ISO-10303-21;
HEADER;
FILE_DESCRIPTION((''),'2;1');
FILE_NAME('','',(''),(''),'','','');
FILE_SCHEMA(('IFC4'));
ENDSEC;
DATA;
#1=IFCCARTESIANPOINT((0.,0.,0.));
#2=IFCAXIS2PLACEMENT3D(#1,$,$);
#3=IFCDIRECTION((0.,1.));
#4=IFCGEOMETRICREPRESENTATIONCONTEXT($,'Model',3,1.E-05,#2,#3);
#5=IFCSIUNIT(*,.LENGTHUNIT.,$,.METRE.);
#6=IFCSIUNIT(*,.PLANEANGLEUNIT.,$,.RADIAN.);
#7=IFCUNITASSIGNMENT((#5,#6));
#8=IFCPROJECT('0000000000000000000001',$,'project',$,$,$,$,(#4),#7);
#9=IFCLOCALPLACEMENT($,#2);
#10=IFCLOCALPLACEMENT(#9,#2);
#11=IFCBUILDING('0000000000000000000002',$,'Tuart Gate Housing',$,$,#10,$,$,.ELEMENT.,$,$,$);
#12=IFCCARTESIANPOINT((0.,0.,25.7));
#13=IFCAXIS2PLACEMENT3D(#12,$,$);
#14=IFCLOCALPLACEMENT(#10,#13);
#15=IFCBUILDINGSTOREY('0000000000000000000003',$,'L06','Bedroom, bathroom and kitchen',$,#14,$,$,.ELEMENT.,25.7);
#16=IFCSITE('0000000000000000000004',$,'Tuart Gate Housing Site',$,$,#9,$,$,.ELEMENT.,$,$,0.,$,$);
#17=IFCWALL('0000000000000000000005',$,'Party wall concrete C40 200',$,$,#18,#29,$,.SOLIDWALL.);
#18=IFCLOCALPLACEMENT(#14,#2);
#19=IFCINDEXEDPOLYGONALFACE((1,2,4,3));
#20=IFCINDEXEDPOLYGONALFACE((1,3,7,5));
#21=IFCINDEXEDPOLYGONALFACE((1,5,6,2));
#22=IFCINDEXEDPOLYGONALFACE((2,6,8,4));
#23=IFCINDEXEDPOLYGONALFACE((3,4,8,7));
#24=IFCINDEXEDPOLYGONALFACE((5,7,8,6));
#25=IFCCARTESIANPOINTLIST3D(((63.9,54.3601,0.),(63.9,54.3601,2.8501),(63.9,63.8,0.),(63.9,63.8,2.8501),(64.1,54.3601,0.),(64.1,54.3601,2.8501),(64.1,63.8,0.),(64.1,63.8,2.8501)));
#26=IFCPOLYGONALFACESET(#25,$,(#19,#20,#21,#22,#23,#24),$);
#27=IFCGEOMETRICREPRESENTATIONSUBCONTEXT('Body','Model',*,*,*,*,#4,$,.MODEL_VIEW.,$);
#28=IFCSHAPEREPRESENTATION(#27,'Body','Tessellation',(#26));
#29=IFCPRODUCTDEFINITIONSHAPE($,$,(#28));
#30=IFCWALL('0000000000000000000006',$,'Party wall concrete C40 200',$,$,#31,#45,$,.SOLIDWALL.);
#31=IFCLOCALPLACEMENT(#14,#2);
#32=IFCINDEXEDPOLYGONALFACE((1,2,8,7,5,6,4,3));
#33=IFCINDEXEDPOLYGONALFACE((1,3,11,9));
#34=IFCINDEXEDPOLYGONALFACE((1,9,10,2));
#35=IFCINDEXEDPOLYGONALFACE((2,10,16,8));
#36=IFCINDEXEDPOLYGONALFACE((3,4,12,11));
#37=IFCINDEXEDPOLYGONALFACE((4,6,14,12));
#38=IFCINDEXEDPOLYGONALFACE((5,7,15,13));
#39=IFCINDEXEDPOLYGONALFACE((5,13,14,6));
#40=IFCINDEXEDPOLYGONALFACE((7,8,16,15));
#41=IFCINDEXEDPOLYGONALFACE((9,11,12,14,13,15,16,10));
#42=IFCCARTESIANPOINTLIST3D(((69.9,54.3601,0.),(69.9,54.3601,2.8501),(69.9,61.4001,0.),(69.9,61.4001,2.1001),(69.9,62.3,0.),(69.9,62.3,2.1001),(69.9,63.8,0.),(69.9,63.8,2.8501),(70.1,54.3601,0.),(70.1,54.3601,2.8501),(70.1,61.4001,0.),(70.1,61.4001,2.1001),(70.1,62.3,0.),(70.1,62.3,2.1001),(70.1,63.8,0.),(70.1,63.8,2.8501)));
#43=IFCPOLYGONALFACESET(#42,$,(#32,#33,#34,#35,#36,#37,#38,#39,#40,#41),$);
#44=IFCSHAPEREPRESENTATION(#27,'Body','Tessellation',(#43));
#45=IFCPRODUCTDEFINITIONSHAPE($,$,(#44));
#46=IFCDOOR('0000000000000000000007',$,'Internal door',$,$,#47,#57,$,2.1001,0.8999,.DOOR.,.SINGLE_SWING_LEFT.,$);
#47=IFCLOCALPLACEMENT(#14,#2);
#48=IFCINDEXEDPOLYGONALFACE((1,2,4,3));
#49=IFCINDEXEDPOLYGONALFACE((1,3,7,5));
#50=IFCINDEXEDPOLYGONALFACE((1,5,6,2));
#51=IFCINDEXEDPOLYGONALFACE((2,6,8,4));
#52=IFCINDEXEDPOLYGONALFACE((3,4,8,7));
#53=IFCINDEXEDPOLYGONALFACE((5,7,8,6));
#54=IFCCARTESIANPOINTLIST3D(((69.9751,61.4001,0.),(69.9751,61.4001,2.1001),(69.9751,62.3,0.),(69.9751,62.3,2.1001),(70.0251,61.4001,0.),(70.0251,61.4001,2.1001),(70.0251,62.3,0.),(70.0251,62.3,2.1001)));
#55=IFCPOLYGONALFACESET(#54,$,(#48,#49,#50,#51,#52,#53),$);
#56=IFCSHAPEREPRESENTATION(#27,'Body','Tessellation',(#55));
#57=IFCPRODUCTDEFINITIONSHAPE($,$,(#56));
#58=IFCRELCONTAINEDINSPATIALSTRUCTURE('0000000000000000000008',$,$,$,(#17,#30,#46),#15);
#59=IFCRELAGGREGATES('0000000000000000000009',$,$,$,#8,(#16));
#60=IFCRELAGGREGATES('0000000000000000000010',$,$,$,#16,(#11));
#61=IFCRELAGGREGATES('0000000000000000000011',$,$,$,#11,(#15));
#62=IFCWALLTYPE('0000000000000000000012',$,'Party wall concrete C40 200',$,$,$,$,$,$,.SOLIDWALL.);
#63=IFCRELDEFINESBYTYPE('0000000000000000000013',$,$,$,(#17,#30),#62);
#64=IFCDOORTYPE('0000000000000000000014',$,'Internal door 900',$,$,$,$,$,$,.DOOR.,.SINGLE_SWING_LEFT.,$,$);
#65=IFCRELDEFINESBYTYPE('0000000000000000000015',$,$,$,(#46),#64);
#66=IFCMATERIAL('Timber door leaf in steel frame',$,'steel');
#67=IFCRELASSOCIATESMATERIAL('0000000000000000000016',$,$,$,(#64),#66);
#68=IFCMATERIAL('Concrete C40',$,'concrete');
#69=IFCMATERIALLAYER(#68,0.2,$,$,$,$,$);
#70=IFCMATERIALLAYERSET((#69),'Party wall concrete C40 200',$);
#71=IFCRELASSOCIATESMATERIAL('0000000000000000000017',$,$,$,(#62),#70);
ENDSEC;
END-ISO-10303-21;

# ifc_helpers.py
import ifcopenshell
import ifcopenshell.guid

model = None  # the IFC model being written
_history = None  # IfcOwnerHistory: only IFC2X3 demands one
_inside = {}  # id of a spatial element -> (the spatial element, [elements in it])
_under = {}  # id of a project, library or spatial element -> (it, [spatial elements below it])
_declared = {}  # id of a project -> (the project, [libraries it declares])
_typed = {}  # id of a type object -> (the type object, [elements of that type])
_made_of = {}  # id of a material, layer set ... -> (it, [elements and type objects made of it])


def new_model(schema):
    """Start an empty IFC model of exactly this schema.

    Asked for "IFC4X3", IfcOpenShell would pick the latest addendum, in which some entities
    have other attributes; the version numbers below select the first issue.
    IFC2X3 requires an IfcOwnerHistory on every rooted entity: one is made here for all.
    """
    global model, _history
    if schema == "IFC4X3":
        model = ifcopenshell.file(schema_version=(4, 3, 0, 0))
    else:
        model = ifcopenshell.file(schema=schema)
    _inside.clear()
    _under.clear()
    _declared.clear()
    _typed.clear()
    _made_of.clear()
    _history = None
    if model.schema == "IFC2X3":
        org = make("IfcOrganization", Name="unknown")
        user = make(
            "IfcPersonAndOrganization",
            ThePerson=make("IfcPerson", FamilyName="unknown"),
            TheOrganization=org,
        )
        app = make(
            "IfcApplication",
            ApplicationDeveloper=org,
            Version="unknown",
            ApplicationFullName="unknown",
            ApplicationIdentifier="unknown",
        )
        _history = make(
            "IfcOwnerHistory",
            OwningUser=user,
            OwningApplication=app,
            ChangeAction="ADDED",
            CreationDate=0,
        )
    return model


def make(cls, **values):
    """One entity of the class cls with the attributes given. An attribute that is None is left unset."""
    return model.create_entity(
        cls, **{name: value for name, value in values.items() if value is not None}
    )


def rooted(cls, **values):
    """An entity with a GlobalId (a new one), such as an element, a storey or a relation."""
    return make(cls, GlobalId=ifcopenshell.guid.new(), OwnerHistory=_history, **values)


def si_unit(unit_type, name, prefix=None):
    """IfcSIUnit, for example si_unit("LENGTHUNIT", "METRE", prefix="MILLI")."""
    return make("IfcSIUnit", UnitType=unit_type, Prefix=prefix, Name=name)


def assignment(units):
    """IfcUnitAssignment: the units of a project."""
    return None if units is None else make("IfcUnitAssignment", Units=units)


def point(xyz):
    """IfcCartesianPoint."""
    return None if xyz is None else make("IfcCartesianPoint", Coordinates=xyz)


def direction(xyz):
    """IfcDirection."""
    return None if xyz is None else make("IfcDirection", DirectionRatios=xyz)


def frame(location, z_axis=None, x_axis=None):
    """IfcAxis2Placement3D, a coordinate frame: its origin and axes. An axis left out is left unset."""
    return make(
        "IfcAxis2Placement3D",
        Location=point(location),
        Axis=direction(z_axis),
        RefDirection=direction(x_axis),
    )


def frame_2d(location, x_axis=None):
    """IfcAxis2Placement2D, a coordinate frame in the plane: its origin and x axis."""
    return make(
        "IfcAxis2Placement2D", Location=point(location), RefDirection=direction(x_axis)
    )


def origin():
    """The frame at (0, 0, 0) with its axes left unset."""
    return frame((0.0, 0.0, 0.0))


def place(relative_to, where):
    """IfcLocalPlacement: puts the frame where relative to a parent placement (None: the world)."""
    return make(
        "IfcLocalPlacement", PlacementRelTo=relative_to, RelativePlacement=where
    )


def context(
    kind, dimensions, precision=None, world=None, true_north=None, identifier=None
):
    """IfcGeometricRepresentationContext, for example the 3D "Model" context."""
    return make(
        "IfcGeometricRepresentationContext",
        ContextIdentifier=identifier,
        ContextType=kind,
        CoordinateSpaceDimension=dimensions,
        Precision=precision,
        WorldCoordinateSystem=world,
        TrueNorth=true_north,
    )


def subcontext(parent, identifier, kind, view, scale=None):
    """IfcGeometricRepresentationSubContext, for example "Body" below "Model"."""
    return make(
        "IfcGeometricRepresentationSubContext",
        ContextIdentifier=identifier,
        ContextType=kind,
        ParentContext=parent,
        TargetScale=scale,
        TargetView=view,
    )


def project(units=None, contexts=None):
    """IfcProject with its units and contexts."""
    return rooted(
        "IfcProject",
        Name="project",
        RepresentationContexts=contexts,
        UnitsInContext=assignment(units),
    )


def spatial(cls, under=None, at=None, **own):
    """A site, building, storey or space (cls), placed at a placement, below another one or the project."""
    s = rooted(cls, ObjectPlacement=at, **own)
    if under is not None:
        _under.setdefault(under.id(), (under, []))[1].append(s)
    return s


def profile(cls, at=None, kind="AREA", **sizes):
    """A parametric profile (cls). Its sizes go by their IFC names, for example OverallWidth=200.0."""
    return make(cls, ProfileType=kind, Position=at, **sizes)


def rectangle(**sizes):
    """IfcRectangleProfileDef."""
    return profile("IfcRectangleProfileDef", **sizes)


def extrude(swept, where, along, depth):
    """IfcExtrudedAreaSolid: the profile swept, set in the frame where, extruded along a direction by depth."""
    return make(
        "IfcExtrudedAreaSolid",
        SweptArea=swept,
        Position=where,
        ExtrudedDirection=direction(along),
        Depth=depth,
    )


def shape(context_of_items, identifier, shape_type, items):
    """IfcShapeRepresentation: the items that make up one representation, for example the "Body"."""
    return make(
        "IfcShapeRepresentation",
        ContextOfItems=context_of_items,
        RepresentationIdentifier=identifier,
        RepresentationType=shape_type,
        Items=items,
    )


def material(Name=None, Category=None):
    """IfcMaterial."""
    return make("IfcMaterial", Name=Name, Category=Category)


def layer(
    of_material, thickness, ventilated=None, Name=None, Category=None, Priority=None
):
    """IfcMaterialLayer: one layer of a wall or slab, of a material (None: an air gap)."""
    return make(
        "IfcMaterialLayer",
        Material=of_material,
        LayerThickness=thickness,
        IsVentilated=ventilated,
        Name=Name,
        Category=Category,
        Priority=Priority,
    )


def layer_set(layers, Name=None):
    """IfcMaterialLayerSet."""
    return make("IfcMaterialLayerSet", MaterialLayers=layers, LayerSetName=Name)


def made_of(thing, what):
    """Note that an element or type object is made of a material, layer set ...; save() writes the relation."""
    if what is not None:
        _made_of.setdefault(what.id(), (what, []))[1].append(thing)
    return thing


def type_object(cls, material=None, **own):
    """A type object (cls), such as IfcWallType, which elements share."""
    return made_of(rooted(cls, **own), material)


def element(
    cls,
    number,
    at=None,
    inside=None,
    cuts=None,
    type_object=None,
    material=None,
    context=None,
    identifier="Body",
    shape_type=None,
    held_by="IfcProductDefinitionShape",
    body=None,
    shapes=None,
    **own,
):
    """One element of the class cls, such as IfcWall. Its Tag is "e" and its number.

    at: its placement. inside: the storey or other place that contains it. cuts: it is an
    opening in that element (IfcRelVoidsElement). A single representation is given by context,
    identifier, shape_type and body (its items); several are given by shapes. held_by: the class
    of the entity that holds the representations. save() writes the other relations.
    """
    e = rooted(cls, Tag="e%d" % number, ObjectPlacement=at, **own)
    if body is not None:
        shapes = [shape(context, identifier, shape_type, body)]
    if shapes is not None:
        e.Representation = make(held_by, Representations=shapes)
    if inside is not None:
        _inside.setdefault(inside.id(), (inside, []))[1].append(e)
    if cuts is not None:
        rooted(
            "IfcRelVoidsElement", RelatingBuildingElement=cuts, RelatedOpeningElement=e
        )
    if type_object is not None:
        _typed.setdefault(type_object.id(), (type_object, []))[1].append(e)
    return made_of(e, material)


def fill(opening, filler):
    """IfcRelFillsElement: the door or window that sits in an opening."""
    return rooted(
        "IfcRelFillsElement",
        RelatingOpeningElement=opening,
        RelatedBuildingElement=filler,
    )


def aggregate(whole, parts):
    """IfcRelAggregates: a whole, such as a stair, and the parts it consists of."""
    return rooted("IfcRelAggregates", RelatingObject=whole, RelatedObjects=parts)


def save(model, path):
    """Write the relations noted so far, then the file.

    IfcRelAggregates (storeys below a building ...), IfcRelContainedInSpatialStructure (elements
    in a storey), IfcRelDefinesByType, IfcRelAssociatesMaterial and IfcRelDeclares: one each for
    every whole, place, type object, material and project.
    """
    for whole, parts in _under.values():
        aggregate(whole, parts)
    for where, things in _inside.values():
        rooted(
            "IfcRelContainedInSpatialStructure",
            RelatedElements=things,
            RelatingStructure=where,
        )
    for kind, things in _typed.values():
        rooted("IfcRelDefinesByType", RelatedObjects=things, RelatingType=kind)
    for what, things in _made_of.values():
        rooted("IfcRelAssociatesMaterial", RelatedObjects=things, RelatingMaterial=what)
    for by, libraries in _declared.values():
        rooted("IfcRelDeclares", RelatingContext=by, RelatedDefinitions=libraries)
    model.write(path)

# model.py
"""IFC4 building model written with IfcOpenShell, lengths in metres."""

from ifc_helpers import new_model, si_unit, direction, frame, frame_2d, origin, place, context, subcontext, project, spatial, rectangle, extrude, material, layer, layer_set, type_object, element, fill, save


model = new_model("IFC4")

# Units and contexts
model_context = context("Model", 3, precision=1e-05, world=origin(), true_north=direction((0.0, 1.0)))
body_context = subcontext(model_context, "Body", "Model", "MODEL_VIEW")
ifc_project = project(units=[si_unit("LENGTHUNIT", "METRE"), si_unit("PLANEANGLEUNIT", "RADIAN")], contexts=[model_context])

# Site, building, storey
site_placement = place(None, origin())
site = spatial("IfcSite", under=ifc_project, at=site_placement, Name="Tuart Gate Housing Site", CompositionType="ELEMENT", RefElevation=0.0)
building_placement = place(site_placement, origin())
building = spatial("IfcBuilding", under=site, at=building_placement, Name="Tuart Gate Housing", CompositionType="ELEMENT")
storey_placement = place(building_placement, frame((0.0, 0.0, 25.7)))
storey = spatial("IfcBuildingStorey", under=building, at=storey_placement, Name="L06", Description="Bedroom, bathroom and kitchen", CompositionType="ELEMENT", Elevation=25.7)

# Shared definitions
ifc_material_1 = material(Name="Timber door leaf in steel frame", Category="steel")
door_type_1 = type_object("IfcDoorType", Name="Internal door 900", OperationType="SINGLE_SWING_LEFT", PredefinedType="DOOR", material=ifc_material_1)

# Wall
ifc_material_2 = material(Name="Concrete C40", Category="concrete")
ifc_layer_1 = layer(ifc_material_2, 0.2)
ifc_layer_set_1 = layer_set([ifc_layer_1], Name="Party wall concrete C40 200")
wall_type_1 = type_object("IfcWallType", Name="Party wall concrete C40 200", PredefinedType="SOLIDWALL", material=ifc_layer_set_1)
wall_1_placement = place(storey_placement, frame((64.0, 54.3601, 0.0), z_axis=(0.0, 0.0, 1.0), x_axis=(0.0, 1.0, 0.0)))
element("IfcWall", 1, at=wall_1_placement, inside=storey, type_object=wall_type_1, Name="Party wall concrete C40 200", PredefinedType="SOLIDWALL", context=body_context, shape_type="SweptSolid", body=[
    extrude(rectangle(XDim=9.4399, YDim=0.2, at=frame_2d((4.72, 0.0))), origin(), (0.0, 0.0, 1.0), 2.8501),
])

# Wall, opening, door
wall_2_placement = place(storey_placement, frame((70.0, 54.3601, 0.0), z_axis=(0.0, 0.0, 1.0), x_axis=(0.0, 1.0, 0.0)))
wall_2 = element("IfcWall", 2, at=wall_2_placement, inside=storey, type_object=wall_type_1, Name="Party wall concrete C40 200", PredefinedType="SOLIDWALL", context=body_context, shape_type="SweptSolid", body=[
    extrude(rectangle(XDim=9.4399, YDim=0.2, at=frame_2d((4.72, 0.0))), origin(), (0.0, 0.0, 1.0), 2.8501),
])
opening_1_placement = place(wall_2_placement, frame((7.04, 0.0, 0.0)))
opening_1 = element("IfcOpeningElement", 3, at=opening_1_placement, cuts=wall_2, PredefinedType="OPENING", context=body_context, shape_type="SweptSolid", body=[
    extrude(rectangle(XDim=0.8999, YDim=2.1001, at=frame_2d((0.45, 1.05))), frame((0.0, 0.1099, 0.0), z_axis=(0.0, -1.0, 0.0), x_axis=(1.0, 0.0, 0.0)), (0.0, 0.0, 1.0), 0.22),
])
door_1_placement = place(opening_1_placement, origin())
door_1 = element("IfcDoor", 4, at=door_1_placement, inside=storey, type_object=door_type_1, Name="Internal door", OperationType="SINGLE_SWING_LEFT", OverallHeight=2.1001, OverallWidth=0.8999, PredefinedType="DOOR", context=body_context, shape_type="SweptSolid", body=[
    extrude(rectangle(XDim=0.8999, YDim=2.1001, at=frame_2d((0.45, 1.05))), frame((0.0, 0.0249, 0.0), z_axis=(0.0, -1.0, 0.0), x_axis=(1.0, 0.0, 0.0)), (0.0, 0.0, 1.0), 0.05),
])
fill(opening_1, door_1)

save(model, "model.ifc")
